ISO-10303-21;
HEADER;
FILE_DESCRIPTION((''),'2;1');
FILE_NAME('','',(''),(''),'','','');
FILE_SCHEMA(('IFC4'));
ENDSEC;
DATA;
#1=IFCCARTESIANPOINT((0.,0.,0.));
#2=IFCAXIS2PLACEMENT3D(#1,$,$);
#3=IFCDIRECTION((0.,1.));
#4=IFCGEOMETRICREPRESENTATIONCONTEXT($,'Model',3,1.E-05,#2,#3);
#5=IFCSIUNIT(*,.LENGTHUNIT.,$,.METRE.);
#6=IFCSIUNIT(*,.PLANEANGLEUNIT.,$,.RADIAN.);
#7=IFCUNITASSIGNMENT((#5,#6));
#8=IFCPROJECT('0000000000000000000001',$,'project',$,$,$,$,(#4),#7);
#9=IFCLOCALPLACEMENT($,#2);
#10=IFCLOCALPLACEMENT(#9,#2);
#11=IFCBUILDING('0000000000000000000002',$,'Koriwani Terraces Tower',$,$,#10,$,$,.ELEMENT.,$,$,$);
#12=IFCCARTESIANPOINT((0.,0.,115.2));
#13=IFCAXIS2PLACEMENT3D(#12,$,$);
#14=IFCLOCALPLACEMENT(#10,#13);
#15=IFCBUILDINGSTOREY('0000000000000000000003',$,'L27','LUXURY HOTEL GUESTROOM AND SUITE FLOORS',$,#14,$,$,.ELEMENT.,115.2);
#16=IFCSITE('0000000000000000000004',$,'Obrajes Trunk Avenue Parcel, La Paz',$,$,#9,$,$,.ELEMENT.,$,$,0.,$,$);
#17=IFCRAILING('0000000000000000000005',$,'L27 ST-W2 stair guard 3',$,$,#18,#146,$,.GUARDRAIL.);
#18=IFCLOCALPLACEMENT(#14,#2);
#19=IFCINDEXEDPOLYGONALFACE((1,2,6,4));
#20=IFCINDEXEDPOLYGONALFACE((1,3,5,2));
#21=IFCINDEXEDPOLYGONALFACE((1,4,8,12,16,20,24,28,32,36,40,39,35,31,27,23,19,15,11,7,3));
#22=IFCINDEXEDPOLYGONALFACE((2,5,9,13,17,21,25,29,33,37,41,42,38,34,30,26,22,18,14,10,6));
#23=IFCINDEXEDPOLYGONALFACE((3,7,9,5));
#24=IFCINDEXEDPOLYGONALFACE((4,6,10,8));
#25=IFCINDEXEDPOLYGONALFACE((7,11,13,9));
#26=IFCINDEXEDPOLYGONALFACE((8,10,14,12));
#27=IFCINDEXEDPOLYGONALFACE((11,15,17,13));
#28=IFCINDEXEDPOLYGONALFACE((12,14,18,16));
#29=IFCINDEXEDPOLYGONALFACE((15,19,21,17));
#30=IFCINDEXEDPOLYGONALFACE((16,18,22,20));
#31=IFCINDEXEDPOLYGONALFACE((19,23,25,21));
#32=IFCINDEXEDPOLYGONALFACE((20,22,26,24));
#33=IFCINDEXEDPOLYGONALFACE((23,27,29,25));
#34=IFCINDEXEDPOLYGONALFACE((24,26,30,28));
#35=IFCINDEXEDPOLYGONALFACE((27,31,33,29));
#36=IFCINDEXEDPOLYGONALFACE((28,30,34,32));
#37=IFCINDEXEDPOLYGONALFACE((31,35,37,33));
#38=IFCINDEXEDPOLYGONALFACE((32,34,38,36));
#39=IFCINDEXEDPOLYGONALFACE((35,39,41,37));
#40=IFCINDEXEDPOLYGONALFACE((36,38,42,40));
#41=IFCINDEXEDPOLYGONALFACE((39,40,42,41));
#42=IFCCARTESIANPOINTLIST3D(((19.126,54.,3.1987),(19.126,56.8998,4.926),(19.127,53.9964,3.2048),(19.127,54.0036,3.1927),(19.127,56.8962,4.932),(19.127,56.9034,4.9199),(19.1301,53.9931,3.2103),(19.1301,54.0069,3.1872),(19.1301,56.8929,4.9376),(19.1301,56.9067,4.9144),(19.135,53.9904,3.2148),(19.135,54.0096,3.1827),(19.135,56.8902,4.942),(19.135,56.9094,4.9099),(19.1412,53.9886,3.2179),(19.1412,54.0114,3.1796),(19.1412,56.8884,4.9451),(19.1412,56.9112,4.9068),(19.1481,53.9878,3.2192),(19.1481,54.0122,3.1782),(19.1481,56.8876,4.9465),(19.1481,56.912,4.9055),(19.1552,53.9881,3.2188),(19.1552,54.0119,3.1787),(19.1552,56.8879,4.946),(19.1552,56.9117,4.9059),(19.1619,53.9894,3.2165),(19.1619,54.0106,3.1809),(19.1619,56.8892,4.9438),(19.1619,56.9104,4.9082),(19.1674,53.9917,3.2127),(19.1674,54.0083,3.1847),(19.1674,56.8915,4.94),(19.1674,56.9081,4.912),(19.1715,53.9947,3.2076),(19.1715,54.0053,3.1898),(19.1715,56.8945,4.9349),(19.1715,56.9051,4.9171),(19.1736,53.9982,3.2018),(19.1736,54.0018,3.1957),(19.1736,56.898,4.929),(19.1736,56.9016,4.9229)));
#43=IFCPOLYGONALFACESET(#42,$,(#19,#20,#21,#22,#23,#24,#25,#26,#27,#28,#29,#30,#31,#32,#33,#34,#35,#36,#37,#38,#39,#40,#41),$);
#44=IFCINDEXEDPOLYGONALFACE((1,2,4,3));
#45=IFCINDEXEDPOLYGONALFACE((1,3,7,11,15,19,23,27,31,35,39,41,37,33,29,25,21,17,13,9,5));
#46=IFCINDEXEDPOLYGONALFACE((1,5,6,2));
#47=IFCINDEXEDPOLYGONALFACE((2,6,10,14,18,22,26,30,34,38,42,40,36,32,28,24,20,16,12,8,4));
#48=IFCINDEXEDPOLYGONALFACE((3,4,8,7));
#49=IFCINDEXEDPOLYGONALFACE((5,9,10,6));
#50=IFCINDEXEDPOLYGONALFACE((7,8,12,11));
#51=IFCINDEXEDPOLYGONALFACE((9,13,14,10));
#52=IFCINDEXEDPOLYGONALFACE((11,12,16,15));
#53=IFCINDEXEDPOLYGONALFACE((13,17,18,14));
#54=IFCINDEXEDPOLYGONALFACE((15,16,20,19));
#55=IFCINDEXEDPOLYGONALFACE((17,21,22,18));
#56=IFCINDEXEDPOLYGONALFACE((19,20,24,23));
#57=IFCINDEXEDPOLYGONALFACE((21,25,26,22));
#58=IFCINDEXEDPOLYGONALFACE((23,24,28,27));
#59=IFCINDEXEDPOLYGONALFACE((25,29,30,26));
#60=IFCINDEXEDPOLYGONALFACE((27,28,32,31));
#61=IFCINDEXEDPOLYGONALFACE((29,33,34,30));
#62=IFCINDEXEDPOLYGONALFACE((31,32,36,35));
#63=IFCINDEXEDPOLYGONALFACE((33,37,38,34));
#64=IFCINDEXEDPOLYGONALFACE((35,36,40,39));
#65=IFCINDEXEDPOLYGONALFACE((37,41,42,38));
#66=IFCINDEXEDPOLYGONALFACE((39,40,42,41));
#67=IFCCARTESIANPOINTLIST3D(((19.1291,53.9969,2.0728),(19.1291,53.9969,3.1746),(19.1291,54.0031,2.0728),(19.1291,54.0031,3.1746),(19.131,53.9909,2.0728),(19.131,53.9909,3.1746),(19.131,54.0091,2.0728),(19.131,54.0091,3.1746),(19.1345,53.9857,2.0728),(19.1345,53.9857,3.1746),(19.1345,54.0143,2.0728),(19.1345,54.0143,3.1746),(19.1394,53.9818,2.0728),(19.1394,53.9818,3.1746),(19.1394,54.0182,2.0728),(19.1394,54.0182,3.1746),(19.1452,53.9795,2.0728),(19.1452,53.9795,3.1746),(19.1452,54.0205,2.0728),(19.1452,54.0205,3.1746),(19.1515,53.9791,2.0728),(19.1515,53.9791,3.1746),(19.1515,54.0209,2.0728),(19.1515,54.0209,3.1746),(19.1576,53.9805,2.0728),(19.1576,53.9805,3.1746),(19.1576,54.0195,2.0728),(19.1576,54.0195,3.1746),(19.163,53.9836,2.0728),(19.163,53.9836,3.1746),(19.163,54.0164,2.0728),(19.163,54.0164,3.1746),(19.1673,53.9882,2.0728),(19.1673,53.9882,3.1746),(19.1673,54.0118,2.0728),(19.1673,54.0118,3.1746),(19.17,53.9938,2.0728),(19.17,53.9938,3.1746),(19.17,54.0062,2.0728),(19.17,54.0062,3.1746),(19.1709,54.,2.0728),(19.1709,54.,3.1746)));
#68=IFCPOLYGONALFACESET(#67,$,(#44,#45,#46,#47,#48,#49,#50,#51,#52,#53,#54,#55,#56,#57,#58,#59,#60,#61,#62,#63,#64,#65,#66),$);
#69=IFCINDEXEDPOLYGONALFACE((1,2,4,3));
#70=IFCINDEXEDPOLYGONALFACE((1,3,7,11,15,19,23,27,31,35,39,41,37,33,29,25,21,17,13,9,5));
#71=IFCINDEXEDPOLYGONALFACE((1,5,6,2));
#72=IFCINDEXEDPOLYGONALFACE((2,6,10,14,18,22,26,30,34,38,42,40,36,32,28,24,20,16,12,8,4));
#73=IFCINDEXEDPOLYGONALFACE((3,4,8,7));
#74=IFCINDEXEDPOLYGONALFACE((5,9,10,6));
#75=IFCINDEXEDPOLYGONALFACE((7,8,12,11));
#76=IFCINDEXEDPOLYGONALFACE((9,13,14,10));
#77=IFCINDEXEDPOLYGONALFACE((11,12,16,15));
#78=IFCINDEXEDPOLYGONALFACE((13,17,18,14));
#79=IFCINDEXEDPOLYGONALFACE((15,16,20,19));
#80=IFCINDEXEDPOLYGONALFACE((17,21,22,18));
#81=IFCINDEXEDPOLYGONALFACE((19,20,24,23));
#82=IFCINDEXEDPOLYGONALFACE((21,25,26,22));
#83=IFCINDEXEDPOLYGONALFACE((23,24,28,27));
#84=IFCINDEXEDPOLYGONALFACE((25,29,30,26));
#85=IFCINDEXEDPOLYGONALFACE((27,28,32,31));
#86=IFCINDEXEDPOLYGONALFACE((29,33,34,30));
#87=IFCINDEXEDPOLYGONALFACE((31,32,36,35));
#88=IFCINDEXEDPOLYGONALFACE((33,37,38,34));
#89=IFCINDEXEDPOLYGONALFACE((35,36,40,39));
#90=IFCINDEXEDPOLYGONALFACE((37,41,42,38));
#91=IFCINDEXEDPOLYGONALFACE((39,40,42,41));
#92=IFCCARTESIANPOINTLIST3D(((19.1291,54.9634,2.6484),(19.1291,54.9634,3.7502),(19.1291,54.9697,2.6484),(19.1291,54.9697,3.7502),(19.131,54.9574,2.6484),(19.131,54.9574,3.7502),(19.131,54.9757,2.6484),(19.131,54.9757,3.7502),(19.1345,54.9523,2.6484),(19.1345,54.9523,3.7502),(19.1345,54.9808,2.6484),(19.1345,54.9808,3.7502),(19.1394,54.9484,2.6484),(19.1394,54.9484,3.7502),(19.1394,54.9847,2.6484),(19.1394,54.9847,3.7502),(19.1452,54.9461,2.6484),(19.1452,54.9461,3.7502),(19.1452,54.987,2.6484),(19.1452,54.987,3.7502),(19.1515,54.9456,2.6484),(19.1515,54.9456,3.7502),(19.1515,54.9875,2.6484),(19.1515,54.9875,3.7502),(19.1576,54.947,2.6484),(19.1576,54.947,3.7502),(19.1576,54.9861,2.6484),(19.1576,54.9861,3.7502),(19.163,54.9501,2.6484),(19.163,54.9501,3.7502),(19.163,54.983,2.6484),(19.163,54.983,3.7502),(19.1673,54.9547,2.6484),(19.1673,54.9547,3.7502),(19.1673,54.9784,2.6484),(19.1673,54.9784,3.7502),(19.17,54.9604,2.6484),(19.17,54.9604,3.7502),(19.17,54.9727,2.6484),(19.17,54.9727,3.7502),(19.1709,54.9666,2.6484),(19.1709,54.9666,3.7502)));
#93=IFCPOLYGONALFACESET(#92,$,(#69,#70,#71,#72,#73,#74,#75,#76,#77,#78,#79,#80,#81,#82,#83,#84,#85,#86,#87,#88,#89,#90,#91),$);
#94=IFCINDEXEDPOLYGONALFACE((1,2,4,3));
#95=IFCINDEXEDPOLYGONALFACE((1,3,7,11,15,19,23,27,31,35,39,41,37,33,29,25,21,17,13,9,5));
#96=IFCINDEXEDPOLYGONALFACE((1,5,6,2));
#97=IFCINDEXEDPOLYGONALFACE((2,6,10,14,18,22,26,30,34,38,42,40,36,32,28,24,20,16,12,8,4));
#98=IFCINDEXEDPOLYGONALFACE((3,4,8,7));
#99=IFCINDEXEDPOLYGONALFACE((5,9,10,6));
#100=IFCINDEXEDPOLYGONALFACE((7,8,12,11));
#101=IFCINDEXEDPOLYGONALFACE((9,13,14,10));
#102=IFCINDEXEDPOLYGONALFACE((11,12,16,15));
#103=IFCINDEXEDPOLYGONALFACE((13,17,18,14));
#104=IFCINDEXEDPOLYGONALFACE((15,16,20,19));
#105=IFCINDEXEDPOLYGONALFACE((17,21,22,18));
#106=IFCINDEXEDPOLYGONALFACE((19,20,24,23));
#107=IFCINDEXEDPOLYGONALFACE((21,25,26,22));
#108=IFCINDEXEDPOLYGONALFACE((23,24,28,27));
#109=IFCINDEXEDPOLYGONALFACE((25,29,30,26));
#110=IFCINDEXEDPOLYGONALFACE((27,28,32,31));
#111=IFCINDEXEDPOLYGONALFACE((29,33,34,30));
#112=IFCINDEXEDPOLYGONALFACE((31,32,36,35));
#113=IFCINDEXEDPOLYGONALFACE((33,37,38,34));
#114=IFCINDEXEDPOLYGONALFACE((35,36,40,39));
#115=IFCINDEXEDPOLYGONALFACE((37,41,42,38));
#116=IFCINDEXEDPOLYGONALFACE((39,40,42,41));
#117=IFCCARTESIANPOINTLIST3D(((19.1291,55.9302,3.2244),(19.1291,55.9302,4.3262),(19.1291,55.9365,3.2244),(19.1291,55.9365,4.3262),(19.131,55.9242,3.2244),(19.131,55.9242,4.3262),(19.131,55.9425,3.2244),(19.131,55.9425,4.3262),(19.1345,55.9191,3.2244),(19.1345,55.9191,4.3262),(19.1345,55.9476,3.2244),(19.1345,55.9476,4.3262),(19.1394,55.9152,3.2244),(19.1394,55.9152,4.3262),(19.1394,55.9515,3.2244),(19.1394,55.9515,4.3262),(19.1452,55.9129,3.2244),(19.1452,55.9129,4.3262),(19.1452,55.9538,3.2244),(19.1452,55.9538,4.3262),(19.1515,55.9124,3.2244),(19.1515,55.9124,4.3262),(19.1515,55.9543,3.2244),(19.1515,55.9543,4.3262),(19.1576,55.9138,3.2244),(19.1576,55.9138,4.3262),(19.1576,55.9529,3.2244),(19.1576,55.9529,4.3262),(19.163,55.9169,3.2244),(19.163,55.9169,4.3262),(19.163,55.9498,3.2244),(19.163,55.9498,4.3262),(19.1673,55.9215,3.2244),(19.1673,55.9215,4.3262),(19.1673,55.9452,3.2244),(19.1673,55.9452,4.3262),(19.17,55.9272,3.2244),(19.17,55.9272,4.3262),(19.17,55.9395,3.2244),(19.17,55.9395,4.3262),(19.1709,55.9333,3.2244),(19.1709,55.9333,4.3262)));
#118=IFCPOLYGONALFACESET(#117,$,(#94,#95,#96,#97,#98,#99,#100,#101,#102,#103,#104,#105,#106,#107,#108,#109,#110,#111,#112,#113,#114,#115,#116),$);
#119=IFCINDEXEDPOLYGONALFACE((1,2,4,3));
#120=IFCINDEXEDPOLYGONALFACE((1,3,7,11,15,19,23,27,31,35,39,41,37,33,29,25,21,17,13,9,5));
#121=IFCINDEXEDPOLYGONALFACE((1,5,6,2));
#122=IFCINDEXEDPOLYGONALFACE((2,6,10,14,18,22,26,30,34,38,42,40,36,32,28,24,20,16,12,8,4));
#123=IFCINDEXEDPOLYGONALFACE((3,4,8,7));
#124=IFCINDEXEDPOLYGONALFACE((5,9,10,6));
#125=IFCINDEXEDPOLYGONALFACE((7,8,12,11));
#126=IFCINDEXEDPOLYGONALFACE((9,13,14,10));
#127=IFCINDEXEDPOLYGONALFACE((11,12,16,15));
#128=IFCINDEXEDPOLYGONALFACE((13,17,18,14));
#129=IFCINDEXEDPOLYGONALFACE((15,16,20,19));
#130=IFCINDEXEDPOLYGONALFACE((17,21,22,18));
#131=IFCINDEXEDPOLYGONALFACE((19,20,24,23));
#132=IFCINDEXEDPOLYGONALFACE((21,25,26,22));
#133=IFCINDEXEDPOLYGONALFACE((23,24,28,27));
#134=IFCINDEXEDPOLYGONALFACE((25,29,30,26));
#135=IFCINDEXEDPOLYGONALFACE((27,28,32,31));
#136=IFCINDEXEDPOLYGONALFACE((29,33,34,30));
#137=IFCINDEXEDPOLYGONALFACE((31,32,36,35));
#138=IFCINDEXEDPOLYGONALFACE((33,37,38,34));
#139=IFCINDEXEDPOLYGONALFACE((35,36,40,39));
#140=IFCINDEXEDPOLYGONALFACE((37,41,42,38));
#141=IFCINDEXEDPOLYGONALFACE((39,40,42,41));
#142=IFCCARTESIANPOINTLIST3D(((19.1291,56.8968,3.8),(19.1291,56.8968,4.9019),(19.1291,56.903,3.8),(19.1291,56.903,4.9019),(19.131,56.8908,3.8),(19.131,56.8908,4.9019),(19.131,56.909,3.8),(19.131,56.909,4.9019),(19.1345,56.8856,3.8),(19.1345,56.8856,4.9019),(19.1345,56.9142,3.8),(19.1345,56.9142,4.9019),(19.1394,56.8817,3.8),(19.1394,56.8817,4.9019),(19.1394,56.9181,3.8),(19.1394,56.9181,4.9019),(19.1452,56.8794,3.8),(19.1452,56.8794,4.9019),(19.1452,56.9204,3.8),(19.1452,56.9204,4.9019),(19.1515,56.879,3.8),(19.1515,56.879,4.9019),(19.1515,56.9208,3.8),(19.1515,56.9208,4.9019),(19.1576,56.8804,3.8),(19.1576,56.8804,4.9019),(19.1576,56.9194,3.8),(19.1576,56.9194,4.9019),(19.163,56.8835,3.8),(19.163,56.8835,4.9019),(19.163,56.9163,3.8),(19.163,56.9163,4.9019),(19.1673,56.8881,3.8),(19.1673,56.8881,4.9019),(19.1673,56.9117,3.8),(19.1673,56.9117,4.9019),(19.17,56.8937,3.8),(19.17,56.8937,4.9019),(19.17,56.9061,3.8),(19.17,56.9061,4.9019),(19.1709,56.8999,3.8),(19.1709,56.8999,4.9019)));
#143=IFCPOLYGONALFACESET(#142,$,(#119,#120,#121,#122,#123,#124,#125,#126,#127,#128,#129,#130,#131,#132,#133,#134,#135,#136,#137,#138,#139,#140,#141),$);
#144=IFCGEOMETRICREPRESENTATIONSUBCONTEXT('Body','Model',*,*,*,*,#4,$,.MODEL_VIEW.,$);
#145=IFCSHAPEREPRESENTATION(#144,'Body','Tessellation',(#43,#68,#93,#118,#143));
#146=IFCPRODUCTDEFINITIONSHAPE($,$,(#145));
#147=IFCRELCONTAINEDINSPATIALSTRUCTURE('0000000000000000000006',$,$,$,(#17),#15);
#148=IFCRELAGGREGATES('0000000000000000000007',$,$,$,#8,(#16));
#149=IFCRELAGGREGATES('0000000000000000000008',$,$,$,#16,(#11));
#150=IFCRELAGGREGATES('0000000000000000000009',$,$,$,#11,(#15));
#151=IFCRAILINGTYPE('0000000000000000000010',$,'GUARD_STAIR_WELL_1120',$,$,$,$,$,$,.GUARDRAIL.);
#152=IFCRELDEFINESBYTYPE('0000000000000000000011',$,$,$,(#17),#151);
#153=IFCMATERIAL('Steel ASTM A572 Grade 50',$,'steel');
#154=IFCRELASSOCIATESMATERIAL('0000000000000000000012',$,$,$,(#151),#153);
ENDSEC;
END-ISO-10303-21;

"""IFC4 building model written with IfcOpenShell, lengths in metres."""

from ifc_helpers import new_model, si_unit, direction, frame, origin, origin_2d, place, context, subcontext, project, spatial, circle, extrude, material, type_object, element, save


model = new_model("IFC4")

# Units and contexts
model_context = context("Model", 3, precision=1e-05, world=origin(), true_north=direction((0.0, 1.0)))
body_context = subcontext(model_context, "Body", "Model", "MODEL_VIEW")
ifc_project = project(units=[si_unit("LENGTHUNIT", "METRE"), si_unit("PLANEANGLEUNIT", "RADIAN")], contexts=[model_context])

# Site, building, storey
site_placement = place(None, origin())
site = spatial("IfcSite", under=ifc_project, at=site_placement, Name="Obrajes Trunk Avenue Parcel, La Paz", CompositionType="ELEMENT", RefElevation=0.0)
building_placement = place(site_placement, origin())
building = spatial("IfcBuilding", under=site, at=building_placement, Name="Koriwani Terraces Tower", CompositionType="ELEMENT")
storey_placement = place(building_placement, frame((0.0, 0.0, 115.2)))
storey = spatial("IfcBuildingStorey", under=building, at=storey_placement, Name="L27", Description="LUXURY HOTEL GUESTROOM AND SUITE FLOORS", CompositionType="ELEMENT", Elevation=115.2)

# Shared definitions
ifc_material_1 = material(Name="Steel ASTM A572 Grade 50", Category="steel")

# Railing
railing_type_1 = type_object("IfcRailingType", Name="GUARD_STAIR_WELL_1120", PredefinedType="GUARDRAIL", material=ifc_material_1)
railing_1_placement = place(storey_placement, frame((19.1499, 54.0, 2.0728)))
element("IfcRailing", 1, at=railing_1_placement, inside=storey, type_object=railing_type_1, Name="L27 ST-W2 stair guard 3", PredefinedType="GUARDRAIL", context=body_context, shape_type="SweptSolid", body=[
    extrude(circle(Radius=0.0239, at=origin_2d()), frame((0.0, 0.0, 1.126), z_axis=(0.0, 0.859141, 0.511738), x_axis=(-1.0, 0.0, 0.0)), (0.0, 0.0, 1.0), 3.3752),
    extrude(circle(Radius=0.021, at=origin_2d()), origin(), (0.0, 0.0, 1.0), 1.1018),
    extrude(circle(Radius=0.021, at=origin_2d()), frame((0.0, 0.9666, 0.5757)), (0.0, 0.0, 1.0), 1.1018),
    extrude(circle(Radius=0.021, at=origin_2d()), frame((0.0, 1.9333, 1.1516)), (0.0, 0.0, 1.0), 1.1018),
    extrude(circle(Radius=0.021, at=origin_2d()), frame((0.0, 2.8999, 1.7273)), (0.0, 0.0, 1.0), 1.1018),
])

save(model, "model.ifc")
